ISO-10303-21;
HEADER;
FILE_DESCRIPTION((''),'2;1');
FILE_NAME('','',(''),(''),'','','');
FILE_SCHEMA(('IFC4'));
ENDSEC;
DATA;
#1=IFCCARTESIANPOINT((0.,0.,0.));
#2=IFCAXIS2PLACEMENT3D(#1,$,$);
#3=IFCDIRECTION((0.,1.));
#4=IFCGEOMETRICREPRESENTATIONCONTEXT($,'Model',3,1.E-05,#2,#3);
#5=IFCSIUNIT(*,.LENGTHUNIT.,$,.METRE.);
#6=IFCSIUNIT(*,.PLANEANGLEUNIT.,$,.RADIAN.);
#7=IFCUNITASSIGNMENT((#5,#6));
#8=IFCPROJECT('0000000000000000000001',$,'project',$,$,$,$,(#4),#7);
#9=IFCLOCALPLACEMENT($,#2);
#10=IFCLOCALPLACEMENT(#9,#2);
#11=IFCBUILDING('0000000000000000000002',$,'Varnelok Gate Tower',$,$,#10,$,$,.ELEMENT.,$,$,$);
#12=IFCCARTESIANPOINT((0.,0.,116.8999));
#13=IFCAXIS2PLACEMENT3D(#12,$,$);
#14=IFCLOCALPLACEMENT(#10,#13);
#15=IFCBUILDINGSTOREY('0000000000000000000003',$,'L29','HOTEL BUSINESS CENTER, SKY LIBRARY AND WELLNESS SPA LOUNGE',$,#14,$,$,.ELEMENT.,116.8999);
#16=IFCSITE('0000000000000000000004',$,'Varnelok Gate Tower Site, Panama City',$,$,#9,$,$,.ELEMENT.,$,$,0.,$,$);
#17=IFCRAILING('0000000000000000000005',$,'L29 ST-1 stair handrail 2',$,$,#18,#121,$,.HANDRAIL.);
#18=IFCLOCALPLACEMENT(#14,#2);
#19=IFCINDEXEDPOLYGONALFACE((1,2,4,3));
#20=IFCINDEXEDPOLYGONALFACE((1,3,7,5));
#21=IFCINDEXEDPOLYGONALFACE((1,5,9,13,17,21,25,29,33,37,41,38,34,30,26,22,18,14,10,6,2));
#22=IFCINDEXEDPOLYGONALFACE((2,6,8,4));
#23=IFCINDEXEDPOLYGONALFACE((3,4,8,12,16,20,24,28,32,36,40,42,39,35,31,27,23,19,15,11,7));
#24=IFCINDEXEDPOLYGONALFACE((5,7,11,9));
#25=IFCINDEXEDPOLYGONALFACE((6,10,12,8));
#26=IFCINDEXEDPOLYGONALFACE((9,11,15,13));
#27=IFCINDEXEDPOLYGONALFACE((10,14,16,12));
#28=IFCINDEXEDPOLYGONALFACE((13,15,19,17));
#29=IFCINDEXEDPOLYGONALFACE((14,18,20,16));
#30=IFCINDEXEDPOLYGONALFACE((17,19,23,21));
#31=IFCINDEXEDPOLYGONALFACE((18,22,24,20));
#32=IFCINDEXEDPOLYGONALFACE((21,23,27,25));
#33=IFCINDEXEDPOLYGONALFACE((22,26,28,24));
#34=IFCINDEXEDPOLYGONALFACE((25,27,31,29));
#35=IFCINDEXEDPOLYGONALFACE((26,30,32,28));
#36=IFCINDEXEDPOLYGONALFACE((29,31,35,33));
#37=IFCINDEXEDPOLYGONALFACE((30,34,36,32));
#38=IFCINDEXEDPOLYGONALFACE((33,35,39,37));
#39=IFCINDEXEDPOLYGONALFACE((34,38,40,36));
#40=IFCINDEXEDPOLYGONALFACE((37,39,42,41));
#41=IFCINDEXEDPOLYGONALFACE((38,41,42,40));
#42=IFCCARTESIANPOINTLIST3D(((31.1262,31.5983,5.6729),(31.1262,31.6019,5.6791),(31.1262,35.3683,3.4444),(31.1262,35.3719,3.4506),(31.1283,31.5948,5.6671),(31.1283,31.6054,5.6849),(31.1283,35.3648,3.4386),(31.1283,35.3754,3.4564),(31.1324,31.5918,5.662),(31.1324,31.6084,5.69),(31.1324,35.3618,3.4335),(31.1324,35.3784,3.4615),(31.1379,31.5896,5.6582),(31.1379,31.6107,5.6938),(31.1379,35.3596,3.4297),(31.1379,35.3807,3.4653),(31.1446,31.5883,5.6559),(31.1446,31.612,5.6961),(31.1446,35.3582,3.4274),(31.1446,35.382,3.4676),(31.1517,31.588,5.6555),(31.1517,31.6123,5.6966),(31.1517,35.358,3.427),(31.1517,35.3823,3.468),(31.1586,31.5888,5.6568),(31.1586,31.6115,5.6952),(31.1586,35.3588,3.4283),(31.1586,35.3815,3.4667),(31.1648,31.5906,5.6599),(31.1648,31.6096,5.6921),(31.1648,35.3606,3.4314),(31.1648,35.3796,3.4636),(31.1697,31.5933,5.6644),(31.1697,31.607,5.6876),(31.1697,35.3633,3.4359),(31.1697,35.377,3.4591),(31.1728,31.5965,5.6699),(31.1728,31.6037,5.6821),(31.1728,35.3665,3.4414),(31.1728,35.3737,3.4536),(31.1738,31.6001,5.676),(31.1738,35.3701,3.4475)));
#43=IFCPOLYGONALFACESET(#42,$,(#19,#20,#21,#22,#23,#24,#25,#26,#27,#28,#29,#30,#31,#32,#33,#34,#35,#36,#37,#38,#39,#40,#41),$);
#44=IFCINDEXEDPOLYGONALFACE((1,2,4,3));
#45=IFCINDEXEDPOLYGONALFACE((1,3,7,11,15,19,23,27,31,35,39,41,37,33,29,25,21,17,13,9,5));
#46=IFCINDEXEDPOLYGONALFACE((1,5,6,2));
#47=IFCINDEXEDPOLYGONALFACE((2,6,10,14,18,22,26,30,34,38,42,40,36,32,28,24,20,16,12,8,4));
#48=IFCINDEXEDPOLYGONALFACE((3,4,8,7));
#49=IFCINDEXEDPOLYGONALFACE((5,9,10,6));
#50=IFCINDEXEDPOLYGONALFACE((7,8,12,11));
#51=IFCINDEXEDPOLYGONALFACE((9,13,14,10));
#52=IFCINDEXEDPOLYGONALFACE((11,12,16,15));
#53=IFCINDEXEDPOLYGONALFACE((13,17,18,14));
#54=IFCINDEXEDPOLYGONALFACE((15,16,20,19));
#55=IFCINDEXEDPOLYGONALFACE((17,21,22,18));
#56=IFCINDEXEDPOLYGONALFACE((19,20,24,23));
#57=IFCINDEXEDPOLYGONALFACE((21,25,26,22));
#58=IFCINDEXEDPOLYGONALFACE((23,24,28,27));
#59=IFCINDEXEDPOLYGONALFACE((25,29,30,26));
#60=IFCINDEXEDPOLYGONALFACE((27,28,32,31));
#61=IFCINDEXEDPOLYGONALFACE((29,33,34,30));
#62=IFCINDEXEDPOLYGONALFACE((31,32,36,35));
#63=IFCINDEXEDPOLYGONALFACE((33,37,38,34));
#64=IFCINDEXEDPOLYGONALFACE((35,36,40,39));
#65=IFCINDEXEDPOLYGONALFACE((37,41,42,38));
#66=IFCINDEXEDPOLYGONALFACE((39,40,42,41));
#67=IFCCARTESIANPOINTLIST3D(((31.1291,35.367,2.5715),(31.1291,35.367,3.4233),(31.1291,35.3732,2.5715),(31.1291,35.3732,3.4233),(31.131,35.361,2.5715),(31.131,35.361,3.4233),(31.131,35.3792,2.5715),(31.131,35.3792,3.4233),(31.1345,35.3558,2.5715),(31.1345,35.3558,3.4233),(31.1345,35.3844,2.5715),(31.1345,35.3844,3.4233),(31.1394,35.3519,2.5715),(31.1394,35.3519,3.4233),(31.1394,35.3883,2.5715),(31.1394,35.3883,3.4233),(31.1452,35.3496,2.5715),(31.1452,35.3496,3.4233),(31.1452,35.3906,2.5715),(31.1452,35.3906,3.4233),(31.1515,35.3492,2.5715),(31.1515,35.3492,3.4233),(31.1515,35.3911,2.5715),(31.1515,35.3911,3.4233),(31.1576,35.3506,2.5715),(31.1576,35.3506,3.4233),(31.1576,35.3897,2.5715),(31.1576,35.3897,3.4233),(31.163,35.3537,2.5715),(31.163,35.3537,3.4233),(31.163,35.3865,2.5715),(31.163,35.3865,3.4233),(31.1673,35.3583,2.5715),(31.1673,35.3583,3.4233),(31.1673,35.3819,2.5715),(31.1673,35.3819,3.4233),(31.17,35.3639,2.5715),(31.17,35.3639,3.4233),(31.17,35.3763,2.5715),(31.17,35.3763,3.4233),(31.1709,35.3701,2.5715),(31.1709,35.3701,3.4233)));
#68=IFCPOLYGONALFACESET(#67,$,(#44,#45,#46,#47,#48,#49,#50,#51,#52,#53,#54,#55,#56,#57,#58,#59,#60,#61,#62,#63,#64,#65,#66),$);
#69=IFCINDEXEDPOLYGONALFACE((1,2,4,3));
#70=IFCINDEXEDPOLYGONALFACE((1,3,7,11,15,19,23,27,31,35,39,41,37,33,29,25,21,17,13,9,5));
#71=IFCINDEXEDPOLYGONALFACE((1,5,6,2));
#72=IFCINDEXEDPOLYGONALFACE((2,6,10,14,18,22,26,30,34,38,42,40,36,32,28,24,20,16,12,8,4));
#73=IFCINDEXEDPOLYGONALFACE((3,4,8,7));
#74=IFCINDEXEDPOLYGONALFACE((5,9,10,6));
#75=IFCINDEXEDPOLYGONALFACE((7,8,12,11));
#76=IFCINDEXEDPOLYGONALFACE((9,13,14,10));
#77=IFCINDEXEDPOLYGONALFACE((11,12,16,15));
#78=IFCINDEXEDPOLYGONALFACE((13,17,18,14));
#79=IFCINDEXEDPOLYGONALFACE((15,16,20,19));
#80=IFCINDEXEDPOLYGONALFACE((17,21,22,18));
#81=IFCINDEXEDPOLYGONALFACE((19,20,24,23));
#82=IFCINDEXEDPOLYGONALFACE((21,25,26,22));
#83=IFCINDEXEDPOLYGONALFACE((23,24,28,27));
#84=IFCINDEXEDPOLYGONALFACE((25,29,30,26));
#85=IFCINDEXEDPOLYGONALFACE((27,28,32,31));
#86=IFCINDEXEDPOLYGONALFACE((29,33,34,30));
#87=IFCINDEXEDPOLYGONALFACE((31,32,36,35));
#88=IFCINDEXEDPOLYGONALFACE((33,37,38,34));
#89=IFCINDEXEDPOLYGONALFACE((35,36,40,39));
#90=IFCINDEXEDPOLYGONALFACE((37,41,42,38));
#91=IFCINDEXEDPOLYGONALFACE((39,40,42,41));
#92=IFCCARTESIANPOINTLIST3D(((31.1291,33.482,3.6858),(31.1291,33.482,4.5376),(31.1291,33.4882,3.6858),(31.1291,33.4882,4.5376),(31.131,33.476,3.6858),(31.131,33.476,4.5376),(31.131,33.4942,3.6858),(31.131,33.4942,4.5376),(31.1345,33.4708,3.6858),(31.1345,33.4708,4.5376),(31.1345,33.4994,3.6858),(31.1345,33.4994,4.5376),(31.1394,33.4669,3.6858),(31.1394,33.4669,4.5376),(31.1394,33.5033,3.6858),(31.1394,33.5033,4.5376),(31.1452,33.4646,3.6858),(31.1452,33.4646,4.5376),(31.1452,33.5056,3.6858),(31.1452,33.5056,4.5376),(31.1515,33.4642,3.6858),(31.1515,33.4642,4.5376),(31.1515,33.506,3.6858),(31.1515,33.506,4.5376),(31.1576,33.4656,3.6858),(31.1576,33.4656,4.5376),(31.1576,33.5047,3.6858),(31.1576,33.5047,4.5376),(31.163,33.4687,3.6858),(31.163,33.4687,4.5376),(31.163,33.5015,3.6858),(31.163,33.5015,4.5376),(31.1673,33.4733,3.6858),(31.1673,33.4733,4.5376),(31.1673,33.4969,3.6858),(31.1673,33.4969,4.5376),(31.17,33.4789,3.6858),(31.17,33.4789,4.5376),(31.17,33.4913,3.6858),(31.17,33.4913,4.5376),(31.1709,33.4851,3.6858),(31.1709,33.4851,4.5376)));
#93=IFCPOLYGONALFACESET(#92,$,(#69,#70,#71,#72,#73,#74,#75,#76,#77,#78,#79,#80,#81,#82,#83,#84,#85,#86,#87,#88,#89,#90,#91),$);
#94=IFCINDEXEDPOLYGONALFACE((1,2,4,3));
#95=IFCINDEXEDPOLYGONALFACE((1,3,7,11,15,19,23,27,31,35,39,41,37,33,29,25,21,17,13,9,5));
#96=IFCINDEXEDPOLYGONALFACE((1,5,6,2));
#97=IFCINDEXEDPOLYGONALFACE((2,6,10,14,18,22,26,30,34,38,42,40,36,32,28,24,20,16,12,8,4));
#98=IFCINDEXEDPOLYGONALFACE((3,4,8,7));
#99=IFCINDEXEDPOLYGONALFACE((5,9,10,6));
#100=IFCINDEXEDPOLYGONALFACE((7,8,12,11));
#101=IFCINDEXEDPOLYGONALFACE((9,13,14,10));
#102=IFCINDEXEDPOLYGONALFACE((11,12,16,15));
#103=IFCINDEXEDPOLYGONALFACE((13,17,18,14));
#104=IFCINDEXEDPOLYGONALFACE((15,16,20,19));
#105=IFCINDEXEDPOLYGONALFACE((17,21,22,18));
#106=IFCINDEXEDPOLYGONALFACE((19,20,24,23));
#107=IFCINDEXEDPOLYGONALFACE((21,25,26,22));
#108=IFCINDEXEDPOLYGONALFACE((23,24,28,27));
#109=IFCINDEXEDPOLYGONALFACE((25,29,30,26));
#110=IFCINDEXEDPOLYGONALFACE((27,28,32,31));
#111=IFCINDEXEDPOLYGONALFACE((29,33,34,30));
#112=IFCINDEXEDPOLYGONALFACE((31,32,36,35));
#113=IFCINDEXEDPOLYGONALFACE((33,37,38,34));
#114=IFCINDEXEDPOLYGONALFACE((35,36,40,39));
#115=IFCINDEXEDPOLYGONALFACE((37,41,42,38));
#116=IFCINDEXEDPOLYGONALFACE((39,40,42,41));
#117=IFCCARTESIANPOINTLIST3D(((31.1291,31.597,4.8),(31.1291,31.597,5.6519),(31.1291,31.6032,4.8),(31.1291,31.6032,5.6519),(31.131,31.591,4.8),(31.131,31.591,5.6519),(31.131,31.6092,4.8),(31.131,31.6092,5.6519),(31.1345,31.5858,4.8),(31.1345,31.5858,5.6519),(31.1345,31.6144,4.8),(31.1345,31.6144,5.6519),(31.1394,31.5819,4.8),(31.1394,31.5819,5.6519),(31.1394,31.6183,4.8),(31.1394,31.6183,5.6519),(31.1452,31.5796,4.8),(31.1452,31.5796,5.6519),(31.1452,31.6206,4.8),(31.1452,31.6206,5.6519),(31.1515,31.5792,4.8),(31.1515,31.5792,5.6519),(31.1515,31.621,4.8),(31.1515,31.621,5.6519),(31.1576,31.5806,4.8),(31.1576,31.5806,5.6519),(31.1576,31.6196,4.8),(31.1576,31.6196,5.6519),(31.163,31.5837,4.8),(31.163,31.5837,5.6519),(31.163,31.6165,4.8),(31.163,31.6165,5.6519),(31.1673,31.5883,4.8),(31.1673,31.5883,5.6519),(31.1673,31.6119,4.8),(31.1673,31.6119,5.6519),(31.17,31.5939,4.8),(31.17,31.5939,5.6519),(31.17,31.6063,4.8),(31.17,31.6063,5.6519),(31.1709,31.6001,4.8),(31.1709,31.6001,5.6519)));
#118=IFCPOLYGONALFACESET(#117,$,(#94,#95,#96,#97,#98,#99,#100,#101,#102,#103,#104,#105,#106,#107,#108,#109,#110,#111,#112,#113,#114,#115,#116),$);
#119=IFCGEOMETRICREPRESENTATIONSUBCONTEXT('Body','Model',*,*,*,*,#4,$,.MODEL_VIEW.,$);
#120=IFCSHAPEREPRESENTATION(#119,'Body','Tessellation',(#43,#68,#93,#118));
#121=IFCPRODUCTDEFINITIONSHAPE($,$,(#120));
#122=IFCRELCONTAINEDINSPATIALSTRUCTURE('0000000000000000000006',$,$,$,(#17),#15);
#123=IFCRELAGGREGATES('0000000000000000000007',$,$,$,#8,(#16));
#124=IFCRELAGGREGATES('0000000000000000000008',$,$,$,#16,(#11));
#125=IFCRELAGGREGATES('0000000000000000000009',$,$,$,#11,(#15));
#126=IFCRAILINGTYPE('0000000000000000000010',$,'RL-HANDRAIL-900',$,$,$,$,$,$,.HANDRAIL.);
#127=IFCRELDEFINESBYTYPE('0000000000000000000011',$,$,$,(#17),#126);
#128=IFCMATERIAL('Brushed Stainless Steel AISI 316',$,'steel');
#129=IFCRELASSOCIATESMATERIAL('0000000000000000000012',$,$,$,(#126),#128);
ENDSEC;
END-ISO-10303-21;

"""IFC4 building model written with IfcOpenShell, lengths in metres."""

from ifc_helpers import new_model, si_unit, direction, frame, origin, origin_2d, place, context, subcontext, project, spatial, circle, extrude, material, type_object, element, save


model = new_model("IFC4")

# Units and contexts
model_context = context("Model", 3, precision=1e-05, world=origin(), true_north=direction((0.0, 1.0)))
body_context = subcontext(model_context, "Body", "Model", "MODEL_VIEW")
ifc_project = project(units=[si_unit("LENGTHUNIT", "METRE"), si_unit("PLANEANGLEUNIT", "RADIAN")], contexts=[model_context])

# Site, building, storey
site_placement = place(None, origin())
site = spatial("IfcSite", under=ifc_project, at=site_placement, Name="Varnelok Gate Tower Site, Panama City", CompositionType="ELEMENT", RefElevation=0.0)
building_placement = place(site_placement, origin())
building = spatial("IfcBuilding", under=site, at=building_placement, Name="Varnelok Gate Tower", CompositionType="ELEMENT")
storey_placement = place(building_placement, frame((0.0, 0.0, 116.8999)))
storey = spatial("IfcBuildingStorey", under=building, at=storey_placement, Name="L29", Description="HOTEL BUSINESS CENTER, SKY LIBRARY AND WELLNESS SPA LOUNGE", CompositionType="ELEMENT", Elevation=116.8999)

# Railing
ifc_material_1 = material(Name="Brushed Stainless Steel AISI 316", Category="steel")
railing_type_1 = type_object("IfcRailingType", Name="RL-HANDRAIL-900", PredefinedType="HANDRAIL", material=ifc_material_1)
railing_1_placement = place(storey_placement, frame((31.1499, 35.3701, 2.5715)))
element("IfcRailing", 1, at=railing_1_placement, inside=storey, type_object=railing_type_1, Name="L29 ST-1 stair handrail 2", PredefinedType="HANDRAIL", context=body_context, shape_type="SweptSolid", body=[
    extrude(circle(Radius=0.0239, at=origin_2d()), frame((0.0, 0.0, 0.876), z_axis=(0.0, -0.860849, 0.508861), x_axis=(1.0, 0.0, 0.0)), (0.0, 0.0, 1.0), 4.3794),
    extrude(circle(Radius=0.021, at=origin_2d()), origin(), (0.0, 0.0, 1.0), 0.8518),
    extrude(circle(Radius=0.021, at=origin_2d()), frame((0.0, -1.885, 1.1143)), (0.0, 0.0, 1.0), 0.8518),
    extrude(circle(Radius=0.021, at=origin_2d()), frame((0.0, -3.77, 2.2285)), (0.0, 0.0, 1.0), 0.8518),
])

save(model, "model.ifc")
